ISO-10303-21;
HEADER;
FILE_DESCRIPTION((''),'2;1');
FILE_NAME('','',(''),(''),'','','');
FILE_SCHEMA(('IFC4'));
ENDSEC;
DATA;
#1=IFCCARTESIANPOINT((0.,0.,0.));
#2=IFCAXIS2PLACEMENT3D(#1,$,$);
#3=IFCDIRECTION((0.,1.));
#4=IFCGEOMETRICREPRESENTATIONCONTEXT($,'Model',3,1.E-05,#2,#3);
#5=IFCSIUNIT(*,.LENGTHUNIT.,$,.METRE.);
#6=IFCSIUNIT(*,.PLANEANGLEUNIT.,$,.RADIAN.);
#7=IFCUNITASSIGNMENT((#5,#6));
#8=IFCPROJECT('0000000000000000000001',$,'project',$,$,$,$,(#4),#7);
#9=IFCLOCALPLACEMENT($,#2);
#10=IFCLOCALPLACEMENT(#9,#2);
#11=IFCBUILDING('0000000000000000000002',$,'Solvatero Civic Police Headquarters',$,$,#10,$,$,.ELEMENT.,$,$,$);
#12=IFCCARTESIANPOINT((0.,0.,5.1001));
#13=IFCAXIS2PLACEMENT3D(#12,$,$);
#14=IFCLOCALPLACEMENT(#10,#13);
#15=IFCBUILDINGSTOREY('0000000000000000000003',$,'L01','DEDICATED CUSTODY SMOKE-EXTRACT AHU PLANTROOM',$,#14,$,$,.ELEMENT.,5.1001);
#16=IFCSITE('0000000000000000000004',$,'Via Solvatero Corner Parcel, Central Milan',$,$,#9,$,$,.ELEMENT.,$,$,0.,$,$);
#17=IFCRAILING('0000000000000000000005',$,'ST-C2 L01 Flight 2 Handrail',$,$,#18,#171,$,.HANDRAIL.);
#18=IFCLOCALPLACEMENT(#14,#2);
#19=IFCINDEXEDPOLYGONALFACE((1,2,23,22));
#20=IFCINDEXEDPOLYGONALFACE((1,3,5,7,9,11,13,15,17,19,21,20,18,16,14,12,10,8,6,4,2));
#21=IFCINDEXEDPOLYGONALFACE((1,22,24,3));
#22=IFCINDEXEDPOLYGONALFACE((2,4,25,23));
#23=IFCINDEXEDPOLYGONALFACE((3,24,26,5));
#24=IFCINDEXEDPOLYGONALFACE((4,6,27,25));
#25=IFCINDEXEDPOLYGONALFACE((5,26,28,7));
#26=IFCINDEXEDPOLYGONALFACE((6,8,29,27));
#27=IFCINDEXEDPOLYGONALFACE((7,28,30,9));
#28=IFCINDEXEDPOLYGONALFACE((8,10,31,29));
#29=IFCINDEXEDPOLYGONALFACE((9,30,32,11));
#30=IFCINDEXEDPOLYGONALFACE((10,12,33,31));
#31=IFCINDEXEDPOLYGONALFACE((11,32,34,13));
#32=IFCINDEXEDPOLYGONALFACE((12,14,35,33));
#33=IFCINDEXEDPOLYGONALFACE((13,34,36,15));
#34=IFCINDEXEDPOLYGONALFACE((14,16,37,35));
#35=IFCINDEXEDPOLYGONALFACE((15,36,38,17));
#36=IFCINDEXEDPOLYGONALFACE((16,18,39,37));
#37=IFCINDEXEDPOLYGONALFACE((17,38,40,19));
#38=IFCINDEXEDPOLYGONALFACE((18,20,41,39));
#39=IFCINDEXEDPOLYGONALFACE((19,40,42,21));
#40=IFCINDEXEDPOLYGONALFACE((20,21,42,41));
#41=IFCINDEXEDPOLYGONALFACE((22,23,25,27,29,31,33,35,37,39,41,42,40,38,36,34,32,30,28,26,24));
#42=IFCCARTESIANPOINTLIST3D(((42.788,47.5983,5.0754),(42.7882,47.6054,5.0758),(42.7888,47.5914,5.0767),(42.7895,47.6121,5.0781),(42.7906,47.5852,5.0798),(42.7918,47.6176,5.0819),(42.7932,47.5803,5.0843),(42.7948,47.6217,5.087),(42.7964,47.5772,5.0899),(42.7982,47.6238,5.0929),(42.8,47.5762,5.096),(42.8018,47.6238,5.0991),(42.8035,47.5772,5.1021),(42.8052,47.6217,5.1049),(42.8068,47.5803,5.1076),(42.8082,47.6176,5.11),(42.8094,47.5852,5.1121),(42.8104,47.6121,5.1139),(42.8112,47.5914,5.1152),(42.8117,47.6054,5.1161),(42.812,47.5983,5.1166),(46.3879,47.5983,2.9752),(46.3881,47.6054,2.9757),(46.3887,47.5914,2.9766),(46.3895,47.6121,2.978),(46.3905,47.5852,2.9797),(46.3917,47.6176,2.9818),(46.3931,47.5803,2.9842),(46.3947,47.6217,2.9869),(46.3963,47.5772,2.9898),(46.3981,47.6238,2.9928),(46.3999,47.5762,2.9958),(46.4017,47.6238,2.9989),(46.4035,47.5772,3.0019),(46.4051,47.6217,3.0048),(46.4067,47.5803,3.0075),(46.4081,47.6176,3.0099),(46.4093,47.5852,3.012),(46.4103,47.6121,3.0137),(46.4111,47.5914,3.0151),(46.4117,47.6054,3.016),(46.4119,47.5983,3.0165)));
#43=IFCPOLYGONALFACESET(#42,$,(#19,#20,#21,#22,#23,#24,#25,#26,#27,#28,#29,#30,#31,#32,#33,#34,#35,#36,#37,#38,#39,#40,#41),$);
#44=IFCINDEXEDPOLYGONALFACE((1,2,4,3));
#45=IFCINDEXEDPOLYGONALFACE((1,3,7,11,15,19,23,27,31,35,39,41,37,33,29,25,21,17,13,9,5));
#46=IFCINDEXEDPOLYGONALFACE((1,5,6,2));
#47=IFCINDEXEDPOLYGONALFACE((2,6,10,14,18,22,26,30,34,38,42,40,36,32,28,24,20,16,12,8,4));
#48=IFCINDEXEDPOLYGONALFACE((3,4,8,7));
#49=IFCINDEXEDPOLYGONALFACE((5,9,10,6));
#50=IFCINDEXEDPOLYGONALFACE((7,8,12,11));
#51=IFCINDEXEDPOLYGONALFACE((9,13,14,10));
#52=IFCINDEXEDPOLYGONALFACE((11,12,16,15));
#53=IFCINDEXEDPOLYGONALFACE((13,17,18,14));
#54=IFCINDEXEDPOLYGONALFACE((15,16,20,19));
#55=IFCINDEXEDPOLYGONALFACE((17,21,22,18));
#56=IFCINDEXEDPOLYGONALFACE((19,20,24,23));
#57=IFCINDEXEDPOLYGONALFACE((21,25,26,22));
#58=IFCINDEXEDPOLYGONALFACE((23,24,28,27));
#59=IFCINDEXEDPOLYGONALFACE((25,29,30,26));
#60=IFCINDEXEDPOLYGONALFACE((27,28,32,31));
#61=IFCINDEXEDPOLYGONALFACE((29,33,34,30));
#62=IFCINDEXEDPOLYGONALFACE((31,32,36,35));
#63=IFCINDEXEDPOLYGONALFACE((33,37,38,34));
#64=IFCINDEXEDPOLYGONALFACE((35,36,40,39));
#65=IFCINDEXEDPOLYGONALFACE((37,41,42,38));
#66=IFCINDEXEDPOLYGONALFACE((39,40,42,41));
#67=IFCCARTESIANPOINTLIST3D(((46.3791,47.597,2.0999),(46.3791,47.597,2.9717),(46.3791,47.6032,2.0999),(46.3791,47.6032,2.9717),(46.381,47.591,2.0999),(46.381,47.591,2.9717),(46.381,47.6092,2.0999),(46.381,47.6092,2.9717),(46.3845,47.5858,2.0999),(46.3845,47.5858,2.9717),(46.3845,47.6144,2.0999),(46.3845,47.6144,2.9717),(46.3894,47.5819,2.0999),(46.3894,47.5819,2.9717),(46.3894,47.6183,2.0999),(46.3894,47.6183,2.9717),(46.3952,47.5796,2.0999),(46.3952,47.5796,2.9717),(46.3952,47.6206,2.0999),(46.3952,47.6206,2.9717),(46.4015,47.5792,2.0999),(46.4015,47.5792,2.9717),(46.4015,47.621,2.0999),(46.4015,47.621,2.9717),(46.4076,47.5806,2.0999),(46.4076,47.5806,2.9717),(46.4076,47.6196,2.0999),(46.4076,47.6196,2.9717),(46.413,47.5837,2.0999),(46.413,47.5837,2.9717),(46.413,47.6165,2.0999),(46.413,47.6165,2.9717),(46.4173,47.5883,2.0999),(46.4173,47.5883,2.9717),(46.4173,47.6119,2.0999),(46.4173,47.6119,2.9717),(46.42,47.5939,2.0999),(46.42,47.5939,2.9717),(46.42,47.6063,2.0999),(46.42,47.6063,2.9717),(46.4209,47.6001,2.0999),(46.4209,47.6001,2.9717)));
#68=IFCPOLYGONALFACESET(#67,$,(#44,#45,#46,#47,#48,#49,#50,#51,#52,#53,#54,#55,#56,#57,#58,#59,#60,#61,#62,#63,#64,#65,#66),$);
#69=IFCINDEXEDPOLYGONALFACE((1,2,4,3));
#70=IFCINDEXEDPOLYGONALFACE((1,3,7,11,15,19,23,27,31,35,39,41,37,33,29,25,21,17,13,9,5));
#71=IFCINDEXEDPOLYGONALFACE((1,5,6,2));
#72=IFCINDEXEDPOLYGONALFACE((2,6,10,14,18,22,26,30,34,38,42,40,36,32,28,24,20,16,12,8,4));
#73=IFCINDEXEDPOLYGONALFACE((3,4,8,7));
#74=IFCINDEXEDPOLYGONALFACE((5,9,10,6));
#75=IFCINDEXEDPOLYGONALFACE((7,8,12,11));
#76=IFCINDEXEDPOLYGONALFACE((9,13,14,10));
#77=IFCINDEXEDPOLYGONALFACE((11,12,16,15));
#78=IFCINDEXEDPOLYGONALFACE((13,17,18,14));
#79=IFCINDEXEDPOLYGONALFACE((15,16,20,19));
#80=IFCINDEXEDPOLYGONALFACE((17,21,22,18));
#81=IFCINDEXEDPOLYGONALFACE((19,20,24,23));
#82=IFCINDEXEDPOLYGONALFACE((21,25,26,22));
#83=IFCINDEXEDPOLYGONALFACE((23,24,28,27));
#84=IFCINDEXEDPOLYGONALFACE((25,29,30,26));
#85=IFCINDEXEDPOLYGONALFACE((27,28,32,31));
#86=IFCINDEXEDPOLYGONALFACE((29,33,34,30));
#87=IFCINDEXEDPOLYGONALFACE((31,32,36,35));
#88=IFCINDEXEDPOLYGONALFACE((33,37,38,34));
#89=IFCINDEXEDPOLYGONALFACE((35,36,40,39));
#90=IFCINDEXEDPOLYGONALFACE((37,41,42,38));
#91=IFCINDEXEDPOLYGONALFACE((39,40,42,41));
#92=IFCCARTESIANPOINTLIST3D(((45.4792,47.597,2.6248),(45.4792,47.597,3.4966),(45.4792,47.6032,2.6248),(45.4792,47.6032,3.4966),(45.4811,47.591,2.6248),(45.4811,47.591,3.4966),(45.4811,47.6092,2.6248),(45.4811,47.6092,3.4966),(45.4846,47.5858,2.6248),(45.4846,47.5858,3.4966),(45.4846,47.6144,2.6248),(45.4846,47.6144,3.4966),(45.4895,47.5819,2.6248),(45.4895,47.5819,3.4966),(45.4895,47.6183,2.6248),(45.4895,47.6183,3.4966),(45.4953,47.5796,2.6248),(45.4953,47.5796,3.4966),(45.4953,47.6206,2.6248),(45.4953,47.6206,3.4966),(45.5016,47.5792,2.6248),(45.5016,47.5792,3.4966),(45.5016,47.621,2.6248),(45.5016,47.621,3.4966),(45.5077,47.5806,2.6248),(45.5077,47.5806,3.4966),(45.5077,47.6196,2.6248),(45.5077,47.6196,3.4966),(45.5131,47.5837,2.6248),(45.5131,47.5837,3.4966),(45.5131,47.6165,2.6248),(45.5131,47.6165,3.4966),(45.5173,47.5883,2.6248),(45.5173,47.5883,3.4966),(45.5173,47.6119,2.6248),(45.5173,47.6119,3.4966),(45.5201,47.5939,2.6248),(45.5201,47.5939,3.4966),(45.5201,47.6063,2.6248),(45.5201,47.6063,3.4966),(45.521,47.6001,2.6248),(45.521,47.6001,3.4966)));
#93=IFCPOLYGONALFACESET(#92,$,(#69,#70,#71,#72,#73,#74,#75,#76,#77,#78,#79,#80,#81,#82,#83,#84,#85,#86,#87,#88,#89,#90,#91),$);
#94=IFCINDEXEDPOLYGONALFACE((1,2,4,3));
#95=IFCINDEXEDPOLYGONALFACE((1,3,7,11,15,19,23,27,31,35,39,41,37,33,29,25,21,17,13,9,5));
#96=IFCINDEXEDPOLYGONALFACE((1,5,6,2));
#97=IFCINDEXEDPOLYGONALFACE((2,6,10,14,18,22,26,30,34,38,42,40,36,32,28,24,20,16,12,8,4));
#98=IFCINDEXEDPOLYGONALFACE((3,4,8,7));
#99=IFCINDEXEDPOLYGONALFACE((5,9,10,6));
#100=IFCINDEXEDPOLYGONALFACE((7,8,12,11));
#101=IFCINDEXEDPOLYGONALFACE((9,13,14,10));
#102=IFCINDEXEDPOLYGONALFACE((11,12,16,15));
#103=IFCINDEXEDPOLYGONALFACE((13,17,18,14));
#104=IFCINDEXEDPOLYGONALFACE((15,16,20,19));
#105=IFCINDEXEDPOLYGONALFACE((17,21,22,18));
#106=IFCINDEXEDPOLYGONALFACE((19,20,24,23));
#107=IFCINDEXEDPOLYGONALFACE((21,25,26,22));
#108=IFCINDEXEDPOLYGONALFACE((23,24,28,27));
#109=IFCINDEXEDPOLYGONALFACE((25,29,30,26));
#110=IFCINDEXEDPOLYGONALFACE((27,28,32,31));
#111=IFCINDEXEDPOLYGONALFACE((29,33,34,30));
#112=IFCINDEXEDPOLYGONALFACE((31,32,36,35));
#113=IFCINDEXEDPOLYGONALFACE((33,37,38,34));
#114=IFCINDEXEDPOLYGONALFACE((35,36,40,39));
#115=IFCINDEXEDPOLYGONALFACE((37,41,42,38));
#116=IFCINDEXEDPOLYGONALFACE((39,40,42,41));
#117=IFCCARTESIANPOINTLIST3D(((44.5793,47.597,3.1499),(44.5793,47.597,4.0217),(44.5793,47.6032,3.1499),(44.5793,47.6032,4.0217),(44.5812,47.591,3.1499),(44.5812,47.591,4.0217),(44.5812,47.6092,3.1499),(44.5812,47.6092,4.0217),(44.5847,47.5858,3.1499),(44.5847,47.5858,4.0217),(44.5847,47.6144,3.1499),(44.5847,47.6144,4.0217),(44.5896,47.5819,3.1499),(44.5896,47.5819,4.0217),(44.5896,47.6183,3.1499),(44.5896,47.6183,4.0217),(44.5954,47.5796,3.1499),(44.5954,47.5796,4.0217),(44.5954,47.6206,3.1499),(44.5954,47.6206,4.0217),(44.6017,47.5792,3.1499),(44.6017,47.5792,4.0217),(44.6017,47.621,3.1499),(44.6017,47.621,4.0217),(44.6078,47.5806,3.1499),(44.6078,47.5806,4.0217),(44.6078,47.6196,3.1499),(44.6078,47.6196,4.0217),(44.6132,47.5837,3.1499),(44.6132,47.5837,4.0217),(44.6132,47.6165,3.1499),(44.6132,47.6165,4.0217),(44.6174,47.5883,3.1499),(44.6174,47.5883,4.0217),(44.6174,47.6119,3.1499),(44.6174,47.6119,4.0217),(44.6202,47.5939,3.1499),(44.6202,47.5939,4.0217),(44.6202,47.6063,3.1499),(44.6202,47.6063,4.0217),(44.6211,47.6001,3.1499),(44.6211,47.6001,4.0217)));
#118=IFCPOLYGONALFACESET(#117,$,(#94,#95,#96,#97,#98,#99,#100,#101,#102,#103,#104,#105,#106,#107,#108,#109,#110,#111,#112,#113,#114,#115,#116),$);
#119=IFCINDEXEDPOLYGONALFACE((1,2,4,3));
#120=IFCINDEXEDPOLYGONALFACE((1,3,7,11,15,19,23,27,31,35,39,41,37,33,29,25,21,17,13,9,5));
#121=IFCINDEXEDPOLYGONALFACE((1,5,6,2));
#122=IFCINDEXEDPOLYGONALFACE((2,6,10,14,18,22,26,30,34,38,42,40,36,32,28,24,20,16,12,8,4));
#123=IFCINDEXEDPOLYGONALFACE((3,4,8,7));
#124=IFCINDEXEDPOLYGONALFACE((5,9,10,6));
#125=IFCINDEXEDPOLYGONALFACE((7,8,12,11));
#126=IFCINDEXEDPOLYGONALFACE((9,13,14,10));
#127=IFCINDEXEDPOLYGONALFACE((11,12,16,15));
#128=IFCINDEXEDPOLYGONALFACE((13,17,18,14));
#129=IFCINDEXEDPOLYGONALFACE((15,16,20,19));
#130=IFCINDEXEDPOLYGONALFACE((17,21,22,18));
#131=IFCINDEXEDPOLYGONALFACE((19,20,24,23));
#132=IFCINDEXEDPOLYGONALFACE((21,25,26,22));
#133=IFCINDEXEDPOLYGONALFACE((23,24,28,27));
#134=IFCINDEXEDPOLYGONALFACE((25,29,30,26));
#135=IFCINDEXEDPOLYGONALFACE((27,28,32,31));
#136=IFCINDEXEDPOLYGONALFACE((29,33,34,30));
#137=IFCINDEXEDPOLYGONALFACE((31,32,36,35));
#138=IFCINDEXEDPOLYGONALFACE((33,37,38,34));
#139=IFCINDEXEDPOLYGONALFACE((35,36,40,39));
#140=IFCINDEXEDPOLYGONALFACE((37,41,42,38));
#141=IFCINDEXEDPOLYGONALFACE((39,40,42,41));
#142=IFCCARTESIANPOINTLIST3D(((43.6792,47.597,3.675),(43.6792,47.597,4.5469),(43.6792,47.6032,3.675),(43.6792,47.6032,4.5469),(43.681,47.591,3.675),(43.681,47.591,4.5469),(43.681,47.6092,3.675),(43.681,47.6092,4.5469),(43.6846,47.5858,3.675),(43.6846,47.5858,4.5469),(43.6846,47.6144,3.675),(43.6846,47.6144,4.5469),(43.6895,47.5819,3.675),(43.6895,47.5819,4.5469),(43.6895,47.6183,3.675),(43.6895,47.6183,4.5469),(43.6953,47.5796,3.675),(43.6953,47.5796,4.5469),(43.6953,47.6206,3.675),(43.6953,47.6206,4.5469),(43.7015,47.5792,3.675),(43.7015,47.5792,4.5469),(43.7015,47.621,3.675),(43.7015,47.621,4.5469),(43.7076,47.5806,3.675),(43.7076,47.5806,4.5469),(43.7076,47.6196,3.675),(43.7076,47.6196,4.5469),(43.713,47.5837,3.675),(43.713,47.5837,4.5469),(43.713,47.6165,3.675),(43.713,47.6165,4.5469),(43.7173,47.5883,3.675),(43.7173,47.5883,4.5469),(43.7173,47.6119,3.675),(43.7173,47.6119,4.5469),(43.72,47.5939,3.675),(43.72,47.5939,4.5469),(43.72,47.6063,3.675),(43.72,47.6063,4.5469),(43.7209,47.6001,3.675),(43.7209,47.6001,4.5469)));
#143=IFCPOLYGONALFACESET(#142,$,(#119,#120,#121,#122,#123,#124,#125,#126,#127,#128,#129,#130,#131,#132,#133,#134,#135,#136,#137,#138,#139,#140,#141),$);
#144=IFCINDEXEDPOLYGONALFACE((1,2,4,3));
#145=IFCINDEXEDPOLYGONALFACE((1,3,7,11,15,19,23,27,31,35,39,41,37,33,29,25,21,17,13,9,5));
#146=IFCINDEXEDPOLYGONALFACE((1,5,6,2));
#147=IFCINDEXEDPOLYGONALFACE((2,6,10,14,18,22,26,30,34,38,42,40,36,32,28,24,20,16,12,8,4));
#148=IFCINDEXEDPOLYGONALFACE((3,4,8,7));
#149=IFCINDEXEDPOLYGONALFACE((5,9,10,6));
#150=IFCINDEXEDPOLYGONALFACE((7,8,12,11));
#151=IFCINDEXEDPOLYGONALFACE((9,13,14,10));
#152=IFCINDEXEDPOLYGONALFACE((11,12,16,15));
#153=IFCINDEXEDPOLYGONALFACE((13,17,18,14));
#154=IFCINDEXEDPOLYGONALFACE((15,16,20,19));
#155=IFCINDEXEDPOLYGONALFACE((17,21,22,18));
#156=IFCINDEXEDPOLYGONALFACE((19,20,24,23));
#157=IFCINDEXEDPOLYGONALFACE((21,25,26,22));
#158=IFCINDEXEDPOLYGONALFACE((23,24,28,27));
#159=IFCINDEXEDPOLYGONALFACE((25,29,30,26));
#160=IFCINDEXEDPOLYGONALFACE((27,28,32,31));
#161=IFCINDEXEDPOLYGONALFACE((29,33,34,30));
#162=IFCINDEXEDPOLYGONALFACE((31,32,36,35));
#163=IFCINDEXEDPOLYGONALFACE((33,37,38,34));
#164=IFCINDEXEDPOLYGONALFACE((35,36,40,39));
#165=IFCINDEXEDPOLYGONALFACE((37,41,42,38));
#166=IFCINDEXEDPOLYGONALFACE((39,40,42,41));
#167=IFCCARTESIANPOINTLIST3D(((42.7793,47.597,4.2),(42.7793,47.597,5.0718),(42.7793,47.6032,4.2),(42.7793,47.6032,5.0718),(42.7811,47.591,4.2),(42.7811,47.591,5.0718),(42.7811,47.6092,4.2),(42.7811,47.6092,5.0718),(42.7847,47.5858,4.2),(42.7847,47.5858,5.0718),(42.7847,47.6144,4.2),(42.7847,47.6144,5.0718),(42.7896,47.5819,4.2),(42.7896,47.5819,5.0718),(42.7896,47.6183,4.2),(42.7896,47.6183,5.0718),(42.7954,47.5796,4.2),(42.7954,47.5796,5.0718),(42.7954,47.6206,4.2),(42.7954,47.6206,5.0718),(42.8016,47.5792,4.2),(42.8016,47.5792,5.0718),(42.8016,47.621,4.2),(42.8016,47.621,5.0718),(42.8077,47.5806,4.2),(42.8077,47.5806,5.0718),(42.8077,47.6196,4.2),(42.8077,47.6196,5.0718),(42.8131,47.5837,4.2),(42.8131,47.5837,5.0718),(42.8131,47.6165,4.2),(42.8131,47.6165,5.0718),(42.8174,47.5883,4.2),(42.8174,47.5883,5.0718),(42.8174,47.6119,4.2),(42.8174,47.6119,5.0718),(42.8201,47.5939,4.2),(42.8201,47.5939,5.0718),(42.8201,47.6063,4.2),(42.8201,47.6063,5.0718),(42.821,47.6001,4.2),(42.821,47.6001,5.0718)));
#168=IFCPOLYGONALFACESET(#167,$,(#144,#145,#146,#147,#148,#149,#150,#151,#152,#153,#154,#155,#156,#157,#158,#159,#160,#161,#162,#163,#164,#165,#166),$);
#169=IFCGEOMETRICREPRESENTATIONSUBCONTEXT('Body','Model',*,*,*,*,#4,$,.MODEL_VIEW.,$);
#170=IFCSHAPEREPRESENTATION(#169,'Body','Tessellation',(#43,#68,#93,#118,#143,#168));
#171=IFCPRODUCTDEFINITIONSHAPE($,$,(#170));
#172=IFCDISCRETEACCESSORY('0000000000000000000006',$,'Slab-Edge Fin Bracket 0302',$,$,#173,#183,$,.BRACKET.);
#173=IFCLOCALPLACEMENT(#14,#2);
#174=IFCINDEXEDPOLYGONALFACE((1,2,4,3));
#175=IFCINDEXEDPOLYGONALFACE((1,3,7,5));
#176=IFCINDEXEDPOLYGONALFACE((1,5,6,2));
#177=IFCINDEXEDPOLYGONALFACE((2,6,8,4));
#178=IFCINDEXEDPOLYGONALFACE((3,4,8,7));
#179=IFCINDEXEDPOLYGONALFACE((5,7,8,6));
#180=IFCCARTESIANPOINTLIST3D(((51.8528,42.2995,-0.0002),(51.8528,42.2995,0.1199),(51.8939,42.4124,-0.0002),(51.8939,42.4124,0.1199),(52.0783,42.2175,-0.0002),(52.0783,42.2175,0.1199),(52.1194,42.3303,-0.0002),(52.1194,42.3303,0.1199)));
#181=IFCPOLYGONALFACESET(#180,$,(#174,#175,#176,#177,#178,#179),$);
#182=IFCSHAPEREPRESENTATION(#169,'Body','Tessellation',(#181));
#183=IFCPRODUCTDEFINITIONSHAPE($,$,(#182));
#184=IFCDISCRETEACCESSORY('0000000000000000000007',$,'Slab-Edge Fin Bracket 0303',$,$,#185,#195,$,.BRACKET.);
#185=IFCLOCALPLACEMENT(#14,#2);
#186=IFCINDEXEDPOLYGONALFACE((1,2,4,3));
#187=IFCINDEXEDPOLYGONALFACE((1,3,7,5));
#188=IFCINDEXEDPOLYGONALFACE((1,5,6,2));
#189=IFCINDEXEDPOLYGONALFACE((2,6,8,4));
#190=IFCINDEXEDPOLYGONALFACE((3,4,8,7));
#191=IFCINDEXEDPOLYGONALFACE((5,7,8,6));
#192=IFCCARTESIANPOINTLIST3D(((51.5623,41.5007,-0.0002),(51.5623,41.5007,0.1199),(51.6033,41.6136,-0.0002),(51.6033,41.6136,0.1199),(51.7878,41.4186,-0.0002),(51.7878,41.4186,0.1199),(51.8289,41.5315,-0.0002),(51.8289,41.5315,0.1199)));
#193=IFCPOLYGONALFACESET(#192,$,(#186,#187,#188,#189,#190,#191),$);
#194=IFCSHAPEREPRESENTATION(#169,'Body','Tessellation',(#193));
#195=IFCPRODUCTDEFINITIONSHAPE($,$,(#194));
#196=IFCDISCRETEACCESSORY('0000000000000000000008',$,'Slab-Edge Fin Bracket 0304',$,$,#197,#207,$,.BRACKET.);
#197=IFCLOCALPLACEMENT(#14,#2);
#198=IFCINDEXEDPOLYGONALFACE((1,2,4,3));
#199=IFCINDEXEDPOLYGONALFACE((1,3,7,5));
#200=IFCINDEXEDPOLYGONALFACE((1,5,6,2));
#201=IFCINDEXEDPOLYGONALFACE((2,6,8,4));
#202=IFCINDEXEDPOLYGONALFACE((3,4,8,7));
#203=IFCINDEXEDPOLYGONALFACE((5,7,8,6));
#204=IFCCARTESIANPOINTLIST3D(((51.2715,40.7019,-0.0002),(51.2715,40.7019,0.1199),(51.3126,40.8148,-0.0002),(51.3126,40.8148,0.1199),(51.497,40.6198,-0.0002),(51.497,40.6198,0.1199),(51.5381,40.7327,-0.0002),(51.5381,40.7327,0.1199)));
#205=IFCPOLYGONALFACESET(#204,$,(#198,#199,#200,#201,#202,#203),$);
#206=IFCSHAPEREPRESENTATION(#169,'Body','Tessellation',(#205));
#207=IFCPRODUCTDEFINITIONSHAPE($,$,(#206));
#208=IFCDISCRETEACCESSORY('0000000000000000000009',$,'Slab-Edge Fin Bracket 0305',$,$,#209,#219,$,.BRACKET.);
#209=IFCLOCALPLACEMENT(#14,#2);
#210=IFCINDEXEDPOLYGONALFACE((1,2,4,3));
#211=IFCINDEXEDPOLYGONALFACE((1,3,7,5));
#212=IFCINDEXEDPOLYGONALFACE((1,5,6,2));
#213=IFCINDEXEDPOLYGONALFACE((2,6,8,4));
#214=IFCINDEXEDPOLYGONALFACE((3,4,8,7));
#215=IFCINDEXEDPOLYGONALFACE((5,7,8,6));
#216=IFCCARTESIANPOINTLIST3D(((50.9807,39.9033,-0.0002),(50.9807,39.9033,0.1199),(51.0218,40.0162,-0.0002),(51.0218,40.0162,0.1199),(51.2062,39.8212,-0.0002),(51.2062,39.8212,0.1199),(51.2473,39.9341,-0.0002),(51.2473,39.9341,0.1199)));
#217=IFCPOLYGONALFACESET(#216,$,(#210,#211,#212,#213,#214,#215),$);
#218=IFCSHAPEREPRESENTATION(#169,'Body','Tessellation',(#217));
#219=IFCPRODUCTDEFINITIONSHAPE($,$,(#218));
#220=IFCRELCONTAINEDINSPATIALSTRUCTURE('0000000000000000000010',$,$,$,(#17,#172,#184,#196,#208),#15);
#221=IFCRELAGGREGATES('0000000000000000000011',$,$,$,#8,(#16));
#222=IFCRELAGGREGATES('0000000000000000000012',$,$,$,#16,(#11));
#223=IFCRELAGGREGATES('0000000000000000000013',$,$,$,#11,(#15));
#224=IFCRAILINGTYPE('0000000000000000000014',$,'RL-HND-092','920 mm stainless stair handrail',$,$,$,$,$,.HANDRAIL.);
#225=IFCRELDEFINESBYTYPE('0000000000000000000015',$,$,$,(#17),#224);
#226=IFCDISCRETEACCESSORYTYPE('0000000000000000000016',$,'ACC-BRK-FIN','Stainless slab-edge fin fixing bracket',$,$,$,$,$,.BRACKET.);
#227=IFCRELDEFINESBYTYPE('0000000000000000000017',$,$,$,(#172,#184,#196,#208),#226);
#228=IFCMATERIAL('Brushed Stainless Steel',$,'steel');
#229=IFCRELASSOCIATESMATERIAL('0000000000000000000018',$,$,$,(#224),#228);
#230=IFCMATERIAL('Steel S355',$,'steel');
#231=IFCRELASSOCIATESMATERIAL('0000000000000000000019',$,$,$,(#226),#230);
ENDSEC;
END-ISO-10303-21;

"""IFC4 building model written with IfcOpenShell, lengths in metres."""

from ifc_helpers import new_model, si_unit, direction, frame, origin, origin_2d, place, context, subcontext, project, spatial, rectangle, circle, extrude, material, type_object, element, save


model = new_model("IFC4")

# Units and contexts
model_context = context("Model", 3, precision=1e-05, world=origin(), true_north=direction((0.0, 1.0)))
body_context = subcontext(model_context, "Body", "Model", "MODEL_VIEW")
ifc_project = project(units=[si_unit("LENGTHUNIT", "METRE"), si_unit("PLANEANGLEUNIT", "RADIAN")], contexts=[model_context])

# Site, building, storey
site_placement = place(None, origin())
site = spatial("IfcSite", under=ifc_project, at=site_placement, Name="Via Solvatero Corner Parcel, Central Milan", CompositionType="ELEMENT", RefElevation=0.0)
building_placement = place(site_placement, origin())
building = spatial("IfcBuilding", under=site, at=building_placement, Name="Solvatero Civic Police Headquarters", CompositionType="ELEMENT")
storey_placement = place(building_placement, frame((0.0, 0.0, 5.1001)))
storey = spatial("IfcBuildingStorey", under=building, at=storey_placement, Name="L01", Description="DEDICATED CUSTODY SMOKE-EXTRACT AHU PLANTROOM", CompositionType="ELEMENT", Elevation=5.1001)

# Railing
ifc_material_1 = material(Name="Brushed Stainless Steel", Category="steel")
railing_type_1 = type_object("IfcRailingType", Name="RL-HND-092", Description="920 mm stainless stair handrail", PredefinedType="HANDRAIL", material=ifc_material_1)
railing_1_placement = place(storey_placement, frame((46.3999, 47.6001, 2.0999)))
element("IfcRailing", 1, at=railing_1_placement, inside=storey, type_object=railing_type_1, Name="ST-C2 L01 Flight 2 Handrail", PredefinedType="HANDRAIL", context=body_context, shape_type="SweptSolid", body=[
    extrude(circle(Radius=0.0239, at=origin_2d()), frame((0.0, 0.0, 0.896), z_axis=(-0.86376, 0.0, 0.503904), x_axis=(0.0, -1.0, 0.0)), (0.0, 0.0, 1.0), 4.1677),
    extrude(circle(Radius=0.021, at=origin_2d()), origin(), (0.0, 0.0, 1.0), 0.8718),
    extrude(circle(Radius=0.021, at=origin_2d()), frame((-0.8999, 0.0, 0.5249)), (0.0, 0.0, 1.0), 0.8718),
    extrude(circle(Radius=0.021, at=origin_2d()), frame((-1.7998, 0.0, 1.05)), (0.0, 0.0, 1.0), 0.8718),
    extrude(circle(Radius=0.021, at=origin_2d()), frame((-2.7, 0.0, 1.5752)), (0.0, 0.0, 1.0), 0.8718),
    extrude(circle(Radius=0.021, at=origin_2d()), frame((-3.5999, 0.0, 2.1001)), (0.0, 0.0, 1.0), 0.8718),
])

# Discrete accessories
ifc_material_2 = material(Name="Steel S355", Category="steel")
discrete_accessory_type = type_object("IfcDiscreteAccessoryType", Name="ACC-BRK-FIN", Description="Stainless slab-edge fin fixing bracket", PredefinedType="BRACKET", material=ifc_material_2)
for number, where, z_axis, x_axis, name in (
    (2, (51.9861, 42.3149, -0.0002), (0.0, 0.0, 1.0), (-0.34202, -0.939693, 0.0), "Slab-Edge Fin Bracket 0302"),
    (3, (51.6956, 41.5161, -0.0002), (0.0, 0.0, 1.0), (-0.34202, -0.939693, 0.0), "Slab-Edge Fin Bracket 0303"),
    (4, (51.4048, 40.7173, -0.0002), (0.0, 0.0, 1.0), (-0.34202, -0.939693, 0.0), "Slab-Edge Fin Bracket 0304"),
    (5, (51.114, 39.9187, -0.0002), (0.0, 0.0, 1.0), (-0.34202, -0.939693, 0.0), "Slab-Edge Fin Bracket 0305"),
):
    element("IfcDiscreteAccessory", number, at=place(storey_placement, frame(where, z_axis=z_axis, x_axis=x_axis)), inside=storey, type_object=discrete_accessory_type, Name=name, PredefinedType="BRACKET", context=body_context, shape_type="SweptSolid", body=[
        extrude(rectangle(XDim=0.1201, YDim=0.24, at=origin_2d()), origin(), (0.0, 0.0, 1.0), 0.1201),
    ])

save(model, "model.ifc")
